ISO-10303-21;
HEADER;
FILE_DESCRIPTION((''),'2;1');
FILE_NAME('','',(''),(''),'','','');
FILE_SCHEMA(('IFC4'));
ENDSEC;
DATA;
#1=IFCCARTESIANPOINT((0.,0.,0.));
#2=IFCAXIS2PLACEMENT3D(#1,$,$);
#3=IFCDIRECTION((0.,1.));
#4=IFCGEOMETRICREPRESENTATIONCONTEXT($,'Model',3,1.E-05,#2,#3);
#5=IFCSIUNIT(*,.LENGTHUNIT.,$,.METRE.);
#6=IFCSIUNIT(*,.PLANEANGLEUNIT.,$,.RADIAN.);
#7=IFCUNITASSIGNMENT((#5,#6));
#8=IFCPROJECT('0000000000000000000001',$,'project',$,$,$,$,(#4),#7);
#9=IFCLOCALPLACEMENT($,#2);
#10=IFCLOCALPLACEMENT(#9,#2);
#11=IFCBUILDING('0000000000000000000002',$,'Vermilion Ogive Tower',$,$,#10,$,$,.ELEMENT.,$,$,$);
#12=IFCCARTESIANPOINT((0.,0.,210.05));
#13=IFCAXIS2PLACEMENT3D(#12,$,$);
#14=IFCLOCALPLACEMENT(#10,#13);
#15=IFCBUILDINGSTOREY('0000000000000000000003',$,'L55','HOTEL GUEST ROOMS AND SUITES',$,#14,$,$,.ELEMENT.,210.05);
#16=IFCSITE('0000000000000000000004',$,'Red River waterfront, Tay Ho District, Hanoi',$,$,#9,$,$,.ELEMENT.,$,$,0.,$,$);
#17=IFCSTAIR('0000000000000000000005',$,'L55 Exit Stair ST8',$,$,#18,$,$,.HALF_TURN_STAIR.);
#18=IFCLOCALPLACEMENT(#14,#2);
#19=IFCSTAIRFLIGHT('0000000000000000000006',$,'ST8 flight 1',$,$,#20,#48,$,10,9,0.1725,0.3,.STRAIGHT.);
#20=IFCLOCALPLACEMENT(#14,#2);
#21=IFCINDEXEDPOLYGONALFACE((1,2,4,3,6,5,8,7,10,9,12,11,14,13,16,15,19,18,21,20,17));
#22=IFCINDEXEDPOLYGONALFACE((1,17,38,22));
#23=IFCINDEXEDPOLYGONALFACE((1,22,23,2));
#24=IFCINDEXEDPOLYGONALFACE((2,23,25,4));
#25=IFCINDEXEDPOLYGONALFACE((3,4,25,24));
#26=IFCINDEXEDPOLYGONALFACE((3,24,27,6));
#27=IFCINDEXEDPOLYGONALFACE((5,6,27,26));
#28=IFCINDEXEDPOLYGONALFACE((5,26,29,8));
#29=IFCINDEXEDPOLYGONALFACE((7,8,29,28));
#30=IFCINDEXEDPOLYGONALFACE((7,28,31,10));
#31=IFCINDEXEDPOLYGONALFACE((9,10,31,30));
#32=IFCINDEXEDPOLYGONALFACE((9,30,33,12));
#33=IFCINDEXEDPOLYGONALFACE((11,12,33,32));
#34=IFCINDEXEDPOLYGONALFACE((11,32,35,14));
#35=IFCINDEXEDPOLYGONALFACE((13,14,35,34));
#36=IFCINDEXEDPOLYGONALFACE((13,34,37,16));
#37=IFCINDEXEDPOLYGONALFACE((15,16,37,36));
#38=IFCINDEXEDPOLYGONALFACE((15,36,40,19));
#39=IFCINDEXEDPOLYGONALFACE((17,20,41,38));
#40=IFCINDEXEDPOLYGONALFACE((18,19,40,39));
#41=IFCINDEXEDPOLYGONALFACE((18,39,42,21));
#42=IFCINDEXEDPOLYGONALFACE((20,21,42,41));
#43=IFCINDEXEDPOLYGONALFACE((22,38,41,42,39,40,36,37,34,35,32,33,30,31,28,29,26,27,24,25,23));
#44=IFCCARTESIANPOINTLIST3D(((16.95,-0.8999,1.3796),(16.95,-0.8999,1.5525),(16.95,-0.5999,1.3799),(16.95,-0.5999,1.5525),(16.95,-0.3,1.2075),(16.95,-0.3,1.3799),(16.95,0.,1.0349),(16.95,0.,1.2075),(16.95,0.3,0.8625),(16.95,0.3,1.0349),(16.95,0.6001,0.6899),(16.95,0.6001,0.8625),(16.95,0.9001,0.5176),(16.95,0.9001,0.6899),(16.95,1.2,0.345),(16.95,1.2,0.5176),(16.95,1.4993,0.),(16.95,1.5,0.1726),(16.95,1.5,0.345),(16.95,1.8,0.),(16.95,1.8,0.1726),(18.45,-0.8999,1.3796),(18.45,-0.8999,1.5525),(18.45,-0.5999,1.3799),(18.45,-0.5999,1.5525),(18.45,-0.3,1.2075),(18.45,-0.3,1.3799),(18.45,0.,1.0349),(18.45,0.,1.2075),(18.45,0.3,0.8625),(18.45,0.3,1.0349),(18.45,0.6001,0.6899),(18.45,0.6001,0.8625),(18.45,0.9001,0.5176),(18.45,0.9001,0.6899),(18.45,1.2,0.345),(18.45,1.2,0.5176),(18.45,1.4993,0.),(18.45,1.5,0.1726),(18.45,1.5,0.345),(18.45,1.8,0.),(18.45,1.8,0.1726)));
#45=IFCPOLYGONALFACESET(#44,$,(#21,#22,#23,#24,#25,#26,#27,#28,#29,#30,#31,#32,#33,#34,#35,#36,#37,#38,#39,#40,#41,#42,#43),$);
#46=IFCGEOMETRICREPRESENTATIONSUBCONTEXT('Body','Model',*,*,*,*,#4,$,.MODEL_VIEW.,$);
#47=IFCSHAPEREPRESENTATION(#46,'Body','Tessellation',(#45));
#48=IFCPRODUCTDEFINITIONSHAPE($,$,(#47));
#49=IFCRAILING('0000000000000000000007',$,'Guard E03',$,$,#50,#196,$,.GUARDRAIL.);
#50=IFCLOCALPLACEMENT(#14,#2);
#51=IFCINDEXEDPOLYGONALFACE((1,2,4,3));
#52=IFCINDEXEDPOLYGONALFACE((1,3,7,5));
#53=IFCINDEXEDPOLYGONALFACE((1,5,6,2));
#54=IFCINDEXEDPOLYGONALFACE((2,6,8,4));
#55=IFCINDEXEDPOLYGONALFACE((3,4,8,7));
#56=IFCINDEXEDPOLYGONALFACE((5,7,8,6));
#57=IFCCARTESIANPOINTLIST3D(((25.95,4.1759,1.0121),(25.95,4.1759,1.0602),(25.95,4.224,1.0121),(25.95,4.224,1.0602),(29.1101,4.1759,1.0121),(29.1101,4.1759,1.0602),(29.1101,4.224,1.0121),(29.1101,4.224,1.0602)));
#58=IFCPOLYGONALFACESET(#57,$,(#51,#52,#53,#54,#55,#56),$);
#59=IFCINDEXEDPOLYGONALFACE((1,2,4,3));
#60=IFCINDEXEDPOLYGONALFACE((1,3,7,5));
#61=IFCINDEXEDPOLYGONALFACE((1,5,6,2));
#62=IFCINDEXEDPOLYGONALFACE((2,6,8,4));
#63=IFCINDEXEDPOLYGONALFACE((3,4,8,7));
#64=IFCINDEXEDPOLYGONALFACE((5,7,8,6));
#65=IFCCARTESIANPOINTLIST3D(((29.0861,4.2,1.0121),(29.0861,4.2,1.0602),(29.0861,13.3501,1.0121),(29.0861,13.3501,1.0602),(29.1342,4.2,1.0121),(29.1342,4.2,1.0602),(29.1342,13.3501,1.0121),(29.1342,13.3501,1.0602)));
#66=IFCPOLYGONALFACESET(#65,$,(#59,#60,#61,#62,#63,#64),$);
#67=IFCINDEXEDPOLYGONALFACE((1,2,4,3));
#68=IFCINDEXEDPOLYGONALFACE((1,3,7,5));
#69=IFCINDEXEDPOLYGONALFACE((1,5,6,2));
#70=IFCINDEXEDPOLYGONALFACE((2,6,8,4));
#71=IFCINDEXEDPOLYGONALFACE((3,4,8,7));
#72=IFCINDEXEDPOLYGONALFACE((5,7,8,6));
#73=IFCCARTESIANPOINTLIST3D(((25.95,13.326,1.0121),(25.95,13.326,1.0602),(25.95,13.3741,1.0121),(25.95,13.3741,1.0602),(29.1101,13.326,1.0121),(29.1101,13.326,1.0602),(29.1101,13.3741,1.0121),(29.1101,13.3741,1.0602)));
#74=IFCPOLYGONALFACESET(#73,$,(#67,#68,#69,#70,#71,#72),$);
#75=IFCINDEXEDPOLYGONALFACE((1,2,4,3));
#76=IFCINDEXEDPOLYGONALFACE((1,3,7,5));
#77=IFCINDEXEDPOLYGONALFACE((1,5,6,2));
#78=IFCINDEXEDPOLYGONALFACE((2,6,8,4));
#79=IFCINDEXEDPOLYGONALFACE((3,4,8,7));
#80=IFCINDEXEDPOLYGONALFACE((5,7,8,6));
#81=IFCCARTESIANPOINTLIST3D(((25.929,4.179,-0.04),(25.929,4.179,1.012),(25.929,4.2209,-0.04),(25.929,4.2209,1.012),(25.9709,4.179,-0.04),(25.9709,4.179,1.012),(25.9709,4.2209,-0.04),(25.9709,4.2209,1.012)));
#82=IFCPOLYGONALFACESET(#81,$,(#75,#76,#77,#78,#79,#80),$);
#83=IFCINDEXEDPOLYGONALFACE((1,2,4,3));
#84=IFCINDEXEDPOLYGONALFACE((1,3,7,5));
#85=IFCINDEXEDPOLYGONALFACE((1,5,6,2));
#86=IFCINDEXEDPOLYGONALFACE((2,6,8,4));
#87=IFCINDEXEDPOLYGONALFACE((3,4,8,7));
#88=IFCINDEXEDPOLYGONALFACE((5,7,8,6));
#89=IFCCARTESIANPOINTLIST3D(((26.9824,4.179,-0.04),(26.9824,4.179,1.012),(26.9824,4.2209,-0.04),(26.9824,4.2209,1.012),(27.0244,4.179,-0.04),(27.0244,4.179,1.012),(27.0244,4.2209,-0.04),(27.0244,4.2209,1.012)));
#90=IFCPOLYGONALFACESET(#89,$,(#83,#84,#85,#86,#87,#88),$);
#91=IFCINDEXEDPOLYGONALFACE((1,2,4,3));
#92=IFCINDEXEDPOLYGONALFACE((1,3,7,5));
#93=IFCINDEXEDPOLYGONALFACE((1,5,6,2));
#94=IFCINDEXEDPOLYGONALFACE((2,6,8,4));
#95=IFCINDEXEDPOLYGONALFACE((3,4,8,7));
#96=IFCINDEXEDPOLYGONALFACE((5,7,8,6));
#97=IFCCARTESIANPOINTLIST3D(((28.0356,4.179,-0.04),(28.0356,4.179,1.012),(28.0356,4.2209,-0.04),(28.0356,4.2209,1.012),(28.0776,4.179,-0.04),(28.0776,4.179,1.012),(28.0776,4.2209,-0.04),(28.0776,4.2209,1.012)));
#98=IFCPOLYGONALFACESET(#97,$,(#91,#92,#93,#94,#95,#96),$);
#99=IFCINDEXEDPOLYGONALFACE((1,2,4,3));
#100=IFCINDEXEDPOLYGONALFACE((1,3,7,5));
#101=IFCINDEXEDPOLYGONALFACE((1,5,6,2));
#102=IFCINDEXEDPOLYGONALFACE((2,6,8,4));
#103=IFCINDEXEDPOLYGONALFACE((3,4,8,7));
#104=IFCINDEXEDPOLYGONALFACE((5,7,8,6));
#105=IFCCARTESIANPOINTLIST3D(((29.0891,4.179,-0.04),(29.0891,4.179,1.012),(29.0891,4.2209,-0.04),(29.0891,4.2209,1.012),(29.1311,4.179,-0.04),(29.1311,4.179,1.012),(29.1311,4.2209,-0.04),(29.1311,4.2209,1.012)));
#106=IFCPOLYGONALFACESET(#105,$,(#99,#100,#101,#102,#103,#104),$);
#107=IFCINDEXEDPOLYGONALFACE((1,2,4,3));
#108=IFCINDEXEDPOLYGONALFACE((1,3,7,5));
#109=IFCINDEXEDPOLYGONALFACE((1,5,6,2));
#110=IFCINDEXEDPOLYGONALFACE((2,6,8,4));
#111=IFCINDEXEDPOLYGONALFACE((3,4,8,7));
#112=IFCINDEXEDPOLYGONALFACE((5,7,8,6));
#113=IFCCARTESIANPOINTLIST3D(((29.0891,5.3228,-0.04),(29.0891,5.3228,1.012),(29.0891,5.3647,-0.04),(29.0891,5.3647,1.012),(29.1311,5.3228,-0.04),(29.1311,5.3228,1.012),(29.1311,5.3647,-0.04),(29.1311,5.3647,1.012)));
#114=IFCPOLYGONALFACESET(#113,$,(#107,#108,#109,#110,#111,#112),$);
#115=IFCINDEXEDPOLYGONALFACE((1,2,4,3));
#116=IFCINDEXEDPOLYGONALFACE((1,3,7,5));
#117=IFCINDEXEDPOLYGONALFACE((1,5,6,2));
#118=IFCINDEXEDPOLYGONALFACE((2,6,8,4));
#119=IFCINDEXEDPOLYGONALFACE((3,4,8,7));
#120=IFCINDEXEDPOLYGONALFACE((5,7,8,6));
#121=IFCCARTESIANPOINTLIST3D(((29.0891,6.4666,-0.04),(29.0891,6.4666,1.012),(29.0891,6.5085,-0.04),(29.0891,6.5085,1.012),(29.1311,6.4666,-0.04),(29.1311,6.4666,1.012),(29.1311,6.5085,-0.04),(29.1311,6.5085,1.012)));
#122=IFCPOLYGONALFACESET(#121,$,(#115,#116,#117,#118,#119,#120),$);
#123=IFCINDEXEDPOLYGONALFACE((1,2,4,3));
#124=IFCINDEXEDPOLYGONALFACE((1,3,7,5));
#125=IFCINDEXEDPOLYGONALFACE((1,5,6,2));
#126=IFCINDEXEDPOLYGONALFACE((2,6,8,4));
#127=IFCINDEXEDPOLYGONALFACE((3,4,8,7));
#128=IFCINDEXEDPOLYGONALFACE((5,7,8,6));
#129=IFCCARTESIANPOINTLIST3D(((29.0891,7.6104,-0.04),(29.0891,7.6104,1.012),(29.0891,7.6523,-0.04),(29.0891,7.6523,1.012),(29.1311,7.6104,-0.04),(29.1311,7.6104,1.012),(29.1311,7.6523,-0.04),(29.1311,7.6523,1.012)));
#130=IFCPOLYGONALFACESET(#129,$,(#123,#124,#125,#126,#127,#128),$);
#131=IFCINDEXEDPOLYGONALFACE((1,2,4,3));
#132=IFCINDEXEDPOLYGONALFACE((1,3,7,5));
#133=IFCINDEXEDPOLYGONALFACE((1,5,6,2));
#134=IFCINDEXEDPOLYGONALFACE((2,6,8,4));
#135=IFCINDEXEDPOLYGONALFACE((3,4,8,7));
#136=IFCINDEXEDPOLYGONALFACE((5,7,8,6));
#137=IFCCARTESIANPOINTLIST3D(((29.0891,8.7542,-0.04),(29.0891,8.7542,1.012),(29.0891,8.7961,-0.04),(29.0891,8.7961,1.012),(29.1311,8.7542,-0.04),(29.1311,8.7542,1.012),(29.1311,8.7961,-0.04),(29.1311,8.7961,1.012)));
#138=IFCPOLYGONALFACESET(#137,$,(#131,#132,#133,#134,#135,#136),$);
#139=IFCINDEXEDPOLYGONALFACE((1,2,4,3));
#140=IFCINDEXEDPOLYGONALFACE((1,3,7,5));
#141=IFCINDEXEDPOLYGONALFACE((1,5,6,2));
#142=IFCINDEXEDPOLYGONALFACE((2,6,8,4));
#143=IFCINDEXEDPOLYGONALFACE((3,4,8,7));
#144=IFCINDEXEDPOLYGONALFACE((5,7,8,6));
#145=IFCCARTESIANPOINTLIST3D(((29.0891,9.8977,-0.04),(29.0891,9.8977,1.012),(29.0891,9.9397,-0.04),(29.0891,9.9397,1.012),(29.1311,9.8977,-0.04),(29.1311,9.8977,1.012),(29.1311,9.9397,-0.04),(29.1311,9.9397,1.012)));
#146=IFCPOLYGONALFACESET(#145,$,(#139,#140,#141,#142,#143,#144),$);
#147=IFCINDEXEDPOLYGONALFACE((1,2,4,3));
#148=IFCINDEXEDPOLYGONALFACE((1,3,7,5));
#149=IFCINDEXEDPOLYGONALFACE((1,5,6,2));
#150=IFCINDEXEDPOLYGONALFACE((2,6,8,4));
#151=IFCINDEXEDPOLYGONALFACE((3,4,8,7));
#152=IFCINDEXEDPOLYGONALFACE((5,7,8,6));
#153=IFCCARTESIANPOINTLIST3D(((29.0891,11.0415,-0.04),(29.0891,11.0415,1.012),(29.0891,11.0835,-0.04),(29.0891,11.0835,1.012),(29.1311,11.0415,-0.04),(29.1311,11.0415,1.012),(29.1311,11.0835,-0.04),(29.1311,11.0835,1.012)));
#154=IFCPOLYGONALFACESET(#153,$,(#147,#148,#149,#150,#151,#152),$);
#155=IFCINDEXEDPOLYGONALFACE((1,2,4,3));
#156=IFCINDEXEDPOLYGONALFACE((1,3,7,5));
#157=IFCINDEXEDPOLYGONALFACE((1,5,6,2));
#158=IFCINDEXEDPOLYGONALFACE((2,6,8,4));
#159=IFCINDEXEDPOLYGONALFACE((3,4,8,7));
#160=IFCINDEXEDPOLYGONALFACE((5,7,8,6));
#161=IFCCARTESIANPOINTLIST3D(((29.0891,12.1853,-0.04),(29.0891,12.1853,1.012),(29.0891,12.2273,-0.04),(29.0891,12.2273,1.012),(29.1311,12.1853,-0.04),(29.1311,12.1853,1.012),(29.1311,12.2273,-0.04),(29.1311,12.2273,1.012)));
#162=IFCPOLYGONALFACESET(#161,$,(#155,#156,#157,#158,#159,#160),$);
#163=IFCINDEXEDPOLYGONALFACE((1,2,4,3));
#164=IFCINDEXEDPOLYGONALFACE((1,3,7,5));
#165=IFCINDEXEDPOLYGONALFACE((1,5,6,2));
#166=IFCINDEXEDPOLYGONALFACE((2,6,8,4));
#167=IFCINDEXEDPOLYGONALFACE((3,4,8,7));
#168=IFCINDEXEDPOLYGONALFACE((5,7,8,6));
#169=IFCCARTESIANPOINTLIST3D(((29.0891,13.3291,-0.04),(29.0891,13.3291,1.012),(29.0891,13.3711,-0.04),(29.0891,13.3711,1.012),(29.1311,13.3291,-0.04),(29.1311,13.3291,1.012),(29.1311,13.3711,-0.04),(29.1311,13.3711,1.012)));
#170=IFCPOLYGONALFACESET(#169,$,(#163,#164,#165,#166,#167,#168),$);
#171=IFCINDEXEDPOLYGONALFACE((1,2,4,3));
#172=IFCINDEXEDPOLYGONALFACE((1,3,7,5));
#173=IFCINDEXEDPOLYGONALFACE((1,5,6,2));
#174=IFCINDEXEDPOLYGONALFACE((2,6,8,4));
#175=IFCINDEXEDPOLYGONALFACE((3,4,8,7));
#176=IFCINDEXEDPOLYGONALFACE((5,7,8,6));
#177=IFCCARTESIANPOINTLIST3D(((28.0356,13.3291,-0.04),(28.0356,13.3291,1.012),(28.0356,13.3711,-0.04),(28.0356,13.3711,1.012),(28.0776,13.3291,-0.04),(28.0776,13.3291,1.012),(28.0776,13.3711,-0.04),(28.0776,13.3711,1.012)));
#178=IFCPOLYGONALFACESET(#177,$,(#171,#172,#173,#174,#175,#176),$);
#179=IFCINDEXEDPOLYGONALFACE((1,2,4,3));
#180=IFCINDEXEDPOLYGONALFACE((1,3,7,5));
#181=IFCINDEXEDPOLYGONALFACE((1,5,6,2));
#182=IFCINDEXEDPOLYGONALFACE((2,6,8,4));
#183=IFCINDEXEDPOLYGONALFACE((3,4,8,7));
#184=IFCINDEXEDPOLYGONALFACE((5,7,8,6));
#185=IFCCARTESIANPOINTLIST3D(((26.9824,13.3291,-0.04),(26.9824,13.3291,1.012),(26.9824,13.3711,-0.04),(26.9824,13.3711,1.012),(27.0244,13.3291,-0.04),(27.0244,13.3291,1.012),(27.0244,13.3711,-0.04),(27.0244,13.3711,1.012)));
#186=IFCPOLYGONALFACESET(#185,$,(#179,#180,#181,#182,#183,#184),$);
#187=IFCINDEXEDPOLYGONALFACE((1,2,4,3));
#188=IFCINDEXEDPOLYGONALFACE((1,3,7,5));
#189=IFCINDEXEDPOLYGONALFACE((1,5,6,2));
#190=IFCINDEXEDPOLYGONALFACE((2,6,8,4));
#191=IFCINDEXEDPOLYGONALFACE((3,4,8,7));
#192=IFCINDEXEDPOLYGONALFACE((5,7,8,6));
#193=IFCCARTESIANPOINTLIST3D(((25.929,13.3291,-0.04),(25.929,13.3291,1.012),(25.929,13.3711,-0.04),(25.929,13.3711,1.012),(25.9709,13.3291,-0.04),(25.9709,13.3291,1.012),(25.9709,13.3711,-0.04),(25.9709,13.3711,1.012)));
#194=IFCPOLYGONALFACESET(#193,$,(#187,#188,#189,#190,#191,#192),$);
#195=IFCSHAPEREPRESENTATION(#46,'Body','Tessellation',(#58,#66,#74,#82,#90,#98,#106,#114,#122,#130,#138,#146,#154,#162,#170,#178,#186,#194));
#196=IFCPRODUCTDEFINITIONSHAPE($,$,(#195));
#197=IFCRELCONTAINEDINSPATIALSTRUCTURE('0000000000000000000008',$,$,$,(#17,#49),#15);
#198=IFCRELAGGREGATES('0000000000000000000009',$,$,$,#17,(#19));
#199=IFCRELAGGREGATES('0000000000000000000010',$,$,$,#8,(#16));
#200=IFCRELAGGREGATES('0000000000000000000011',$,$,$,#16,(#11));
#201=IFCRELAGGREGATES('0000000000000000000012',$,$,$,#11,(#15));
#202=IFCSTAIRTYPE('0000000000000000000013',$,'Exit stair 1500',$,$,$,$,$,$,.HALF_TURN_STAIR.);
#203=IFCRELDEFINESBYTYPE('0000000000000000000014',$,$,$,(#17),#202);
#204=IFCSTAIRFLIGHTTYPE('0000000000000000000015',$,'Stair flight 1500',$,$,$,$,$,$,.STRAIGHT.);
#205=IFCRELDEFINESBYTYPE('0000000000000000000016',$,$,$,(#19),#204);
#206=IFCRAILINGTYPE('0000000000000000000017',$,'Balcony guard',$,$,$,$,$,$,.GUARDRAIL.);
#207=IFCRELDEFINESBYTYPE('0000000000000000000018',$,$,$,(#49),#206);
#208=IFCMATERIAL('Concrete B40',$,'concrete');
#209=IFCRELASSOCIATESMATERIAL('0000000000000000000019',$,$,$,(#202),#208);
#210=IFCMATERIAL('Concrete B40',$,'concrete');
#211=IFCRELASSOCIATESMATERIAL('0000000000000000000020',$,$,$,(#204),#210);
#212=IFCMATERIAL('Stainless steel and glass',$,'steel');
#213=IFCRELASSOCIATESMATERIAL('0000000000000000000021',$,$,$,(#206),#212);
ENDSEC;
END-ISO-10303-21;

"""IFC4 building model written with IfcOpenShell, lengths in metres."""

from ifc_helpers import new_model, si_unit, direction, frame, origin, origin_2d, place, context, subcontext, project, spatial, polyline, rectangle, outline, extrude, material, type_object, element, aggregate, save


model = new_model("IFC4")

# Units and contexts
model_context = context("Model", 3, precision=1e-05, world=origin(), true_north=direction((0.0, 1.0)))
body_context = subcontext(model_context, "Body", "Model", "MODEL_VIEW")
ifc_project = project(units=[si_unit("LENGTHUNIT", "METRE"), si_unit("PLANEANGLEUNIT", "RADIAN")], contexts=[model_context])

# Site, building, storey
site_placement = place(None, origin())
site = spatial("IfcSite", under=ifc_project, at=site_placement, Name="Red River waterfront, Tay Ho District, Hanoi", CompositionType="ELEMENT", RefElevation=0.0)
building_placement = place(site_placement, origin())
building = spatial("IfcBuilding", under=site, at=building_placement, Name="Vermilion Ogive Tower", CompositionType="ELEMENT")
storey_placement = place(building_placement, frame((0.0, 0.0, 210.05)))
storey = spatial("IfcBuildingStorey", under=building, at=storey_placement, Name="L55", Description="HOTEL GUEST ROOMS AND SUITES", CompositionType="ELEMENT", Elevation=210.05)

# Stair, stair flight
ifc_material_1 = material(Name="Concrete B40", Category="concrete")
stair_type = type_object("IfcStairType", Name="Exit stair 1500", PredefinedType="HALF_TURN_STAIR", material=ifc_material_1)
stair_placement = place(storey_placement, origin())
stair = element("IfcStair", 1, at=stair_placement, inside=storey, type_object=stair_type, Name="L55 Exit Stair ST8", PredefinedType="HALF_TURN_STAIR")
ifc_material_2 = material(Name="Concrete B40", Category="concrete")
stair_flight_type = type_object("IfcStairFlightType", Name="Stair flight 1500", PredefinedType="STRAIGHT", material=ifc_material_2)
stair_flight_placement = place(storey_placement, frame((17.7, 1.8, 0.0), z_axis=(0.0, 0.0, 1.0), x_axis=(0.0, -1.0, 0.0)))
stair_flight = element("IfcStairFlight", 2, at=stair_flight_placement, type_object=stair_flight_type, Name="ST8 flight 1", NumberOfRisers=10, NumberOfTreads=9, PredefinedType="STRAIGHT", RiserHeight=0.1725, TreadLength=0.3, context=body_context, shape_type="SweptSolid", body=[
    extrude(outline(polyline([(0.0, 0.0), (0.0, 0.1726), (0.3, 0.1726), (0.3, 0.345), (0.6001, 0.345), (0.6001, 0.5176), (0.8999, 0.5176), (0.8999, 0.6899), (1.2, 0.6899), (1.2, 0.8625), (1.5, 0.8625), (1.5, 1.0349), (1.8, 1.0349), (1.8, 1.2075), (2.1001, 1.2075), (2.1001, 1.3799), (2.3999, 1.3799), (2.3999, 1.5525), (2.7, 1.5525), (2.7, 1.7251), (2.7, 1.3796), (0.3008, 0.0), (0.0, 0.0)])), frame((0.0, 0.75, 0.0), z_axis=(0.0, -1.0, 0.0), x_axis=(1.0, 0.0, 0.0)), (0.0, 0.0, 1.0), 1.5),
])
aggregate(stair, [stair_flight])

# Railing
ifc_material_3 = material(Name="Stainless steel and glass", Category="steel")
railing_type_1 = type_object("IfcRailingType", Name="Balcony guard", PredefinedType="GUARDRAIL", material=ifc_material_3)
railing_1_placement = place(storey_placement, frame((25.95, 4.2, -0.04)))
element("IfcRailing", 3, at=railing_1_placement, inside=storey, type_object=railing_type_1, Name="Guard E03", PredefinedType="GUARDRAIL", context=body_context, shape_type="SweptSolid", body=[
    extrude(rectangle(XDim=0.0481, YDim=0.0481, at=origin_2d()), frame((0.0, 0.0, 1.0762), z_axis=(1.0, 0.0, 0.0), x_axis=(0.0, 1.0, 0.0)), (0.0, 0.0, 1.0), 3.1602),
    extrude(rectangle(XDim=0.0481, YDim=0.0481, at=origin_2d()), frame((3.1602, 0.0, 1.0762), z_axis=(0.0, 1.0, 0.0), x_axis=(-1.0, 0.0, 0.0)), (0.0, 0.0, 1.0), 9.1501),
    extrude(rectangle(XDim=0.0481, YDim=0.0481, at=origin_2d()), frame((3.1602, 9.1501, 1.0762), z_axis=(-1.0, 0.0, 0.0), x_axis=(0.0, -1.0, 0.0)), (0.0, 0.0, 1.0), 3.1602),
    extrude(rectangle(XDim=0.042, YDim=0.042, at=origin_2d()), origin(), (0.0, 0.0, 1.0), 1.052),
    extrude(rectangle(XDim=0.042, YDim=0.042, at=origin_2d()), frame((1.0535, 0.0, 0.0)), (0.0, 0.0, 1.0), 1.052),
    extrude(rectangle(XDim=0.042, YDim=0.042, at=origin_2d()), frame((2.1067, 0.0, 0.0)), (0.0, 0.0, 1.0), 1.052),
    extrude(rectangle(XDim=0.042, YDim=0.042, at=origin_2d()), frame((3.1602, 0.0, 0.0)), (0.0, 0.0, 1.0), 1.052),
    extrude(rectangle(XDim=0.042, YDim=0.042, at=origin_2d()), frame((3.1602, 1.1438, 0.0)), (0.0, 0.0, 1.0), 1.052),
    extrude(rectangle(XDim=0.042, YDim=0.042, at=origin_2d()), frame((3.1602, 2.2876, 0.0)), (0.0, 0.0, 1.0), 1.052),
    extrude(rectangle(XDim=0.042, YDim=0.042, at=origin_2d()), frame((3.1602, 3.4314, 0.0)), (0.0, 0.0, 1.0), 1.052),
    extrude(rectangle(XDim=0.042, YDim=0.042, at=origin_2d()), frame((3.1602, 4.5752, 0.0)), (0.0, 0.0, 1.0), 1.052),
    extrude(rectangle(XDim=0.042, YDim=0.042, at=origin_2d()), frame((3.1602, 5.7188, 0.0)), (0.0, 0.0, 1.0), 1.052),
    extrude(rectangle(XDim=0.042, YDim=0.042, at=origin_2d()), frame((3.1602, 6.8625, 0.0)), (0.0, 0.0, 1.0), 1.052),
    extrude(rectangle(XDim=0.042, YDim=0.042, at=origin_2d()), frame((3.1602, 8.0063, 0.0)), (0.0, 0.0, 1.0), 1.052),
    extrude(rectangle(XDim=0.042, YDim=0.042, at=origin_2d()), frame((3.1602, 9.1501, 0.0)), (0.0, 0.0, 1.0), 1.052),
    extrude(rectangle(XDim=0.042, YDim=0.042, at=origin_2d()), frame((2.1067, 9.1501, 0.0)), (0.0, 0.0, 1.0), 1.052),
    extrude(rectangle(XDim=0.042, YDim=0.042, at=origin_2d()), frame((1.0535, 9.1501, 0.0)), (0.0, 0.0, 1.0), 1.052),
    extrude(rectangle(XDim=0.042, YDim=0.042, at=origin_2d()), frame((0.0, 9.1501, 0.0)), (0.0, 0.0, 1.0), 1.052),
])

save(model, "model.ifc")
